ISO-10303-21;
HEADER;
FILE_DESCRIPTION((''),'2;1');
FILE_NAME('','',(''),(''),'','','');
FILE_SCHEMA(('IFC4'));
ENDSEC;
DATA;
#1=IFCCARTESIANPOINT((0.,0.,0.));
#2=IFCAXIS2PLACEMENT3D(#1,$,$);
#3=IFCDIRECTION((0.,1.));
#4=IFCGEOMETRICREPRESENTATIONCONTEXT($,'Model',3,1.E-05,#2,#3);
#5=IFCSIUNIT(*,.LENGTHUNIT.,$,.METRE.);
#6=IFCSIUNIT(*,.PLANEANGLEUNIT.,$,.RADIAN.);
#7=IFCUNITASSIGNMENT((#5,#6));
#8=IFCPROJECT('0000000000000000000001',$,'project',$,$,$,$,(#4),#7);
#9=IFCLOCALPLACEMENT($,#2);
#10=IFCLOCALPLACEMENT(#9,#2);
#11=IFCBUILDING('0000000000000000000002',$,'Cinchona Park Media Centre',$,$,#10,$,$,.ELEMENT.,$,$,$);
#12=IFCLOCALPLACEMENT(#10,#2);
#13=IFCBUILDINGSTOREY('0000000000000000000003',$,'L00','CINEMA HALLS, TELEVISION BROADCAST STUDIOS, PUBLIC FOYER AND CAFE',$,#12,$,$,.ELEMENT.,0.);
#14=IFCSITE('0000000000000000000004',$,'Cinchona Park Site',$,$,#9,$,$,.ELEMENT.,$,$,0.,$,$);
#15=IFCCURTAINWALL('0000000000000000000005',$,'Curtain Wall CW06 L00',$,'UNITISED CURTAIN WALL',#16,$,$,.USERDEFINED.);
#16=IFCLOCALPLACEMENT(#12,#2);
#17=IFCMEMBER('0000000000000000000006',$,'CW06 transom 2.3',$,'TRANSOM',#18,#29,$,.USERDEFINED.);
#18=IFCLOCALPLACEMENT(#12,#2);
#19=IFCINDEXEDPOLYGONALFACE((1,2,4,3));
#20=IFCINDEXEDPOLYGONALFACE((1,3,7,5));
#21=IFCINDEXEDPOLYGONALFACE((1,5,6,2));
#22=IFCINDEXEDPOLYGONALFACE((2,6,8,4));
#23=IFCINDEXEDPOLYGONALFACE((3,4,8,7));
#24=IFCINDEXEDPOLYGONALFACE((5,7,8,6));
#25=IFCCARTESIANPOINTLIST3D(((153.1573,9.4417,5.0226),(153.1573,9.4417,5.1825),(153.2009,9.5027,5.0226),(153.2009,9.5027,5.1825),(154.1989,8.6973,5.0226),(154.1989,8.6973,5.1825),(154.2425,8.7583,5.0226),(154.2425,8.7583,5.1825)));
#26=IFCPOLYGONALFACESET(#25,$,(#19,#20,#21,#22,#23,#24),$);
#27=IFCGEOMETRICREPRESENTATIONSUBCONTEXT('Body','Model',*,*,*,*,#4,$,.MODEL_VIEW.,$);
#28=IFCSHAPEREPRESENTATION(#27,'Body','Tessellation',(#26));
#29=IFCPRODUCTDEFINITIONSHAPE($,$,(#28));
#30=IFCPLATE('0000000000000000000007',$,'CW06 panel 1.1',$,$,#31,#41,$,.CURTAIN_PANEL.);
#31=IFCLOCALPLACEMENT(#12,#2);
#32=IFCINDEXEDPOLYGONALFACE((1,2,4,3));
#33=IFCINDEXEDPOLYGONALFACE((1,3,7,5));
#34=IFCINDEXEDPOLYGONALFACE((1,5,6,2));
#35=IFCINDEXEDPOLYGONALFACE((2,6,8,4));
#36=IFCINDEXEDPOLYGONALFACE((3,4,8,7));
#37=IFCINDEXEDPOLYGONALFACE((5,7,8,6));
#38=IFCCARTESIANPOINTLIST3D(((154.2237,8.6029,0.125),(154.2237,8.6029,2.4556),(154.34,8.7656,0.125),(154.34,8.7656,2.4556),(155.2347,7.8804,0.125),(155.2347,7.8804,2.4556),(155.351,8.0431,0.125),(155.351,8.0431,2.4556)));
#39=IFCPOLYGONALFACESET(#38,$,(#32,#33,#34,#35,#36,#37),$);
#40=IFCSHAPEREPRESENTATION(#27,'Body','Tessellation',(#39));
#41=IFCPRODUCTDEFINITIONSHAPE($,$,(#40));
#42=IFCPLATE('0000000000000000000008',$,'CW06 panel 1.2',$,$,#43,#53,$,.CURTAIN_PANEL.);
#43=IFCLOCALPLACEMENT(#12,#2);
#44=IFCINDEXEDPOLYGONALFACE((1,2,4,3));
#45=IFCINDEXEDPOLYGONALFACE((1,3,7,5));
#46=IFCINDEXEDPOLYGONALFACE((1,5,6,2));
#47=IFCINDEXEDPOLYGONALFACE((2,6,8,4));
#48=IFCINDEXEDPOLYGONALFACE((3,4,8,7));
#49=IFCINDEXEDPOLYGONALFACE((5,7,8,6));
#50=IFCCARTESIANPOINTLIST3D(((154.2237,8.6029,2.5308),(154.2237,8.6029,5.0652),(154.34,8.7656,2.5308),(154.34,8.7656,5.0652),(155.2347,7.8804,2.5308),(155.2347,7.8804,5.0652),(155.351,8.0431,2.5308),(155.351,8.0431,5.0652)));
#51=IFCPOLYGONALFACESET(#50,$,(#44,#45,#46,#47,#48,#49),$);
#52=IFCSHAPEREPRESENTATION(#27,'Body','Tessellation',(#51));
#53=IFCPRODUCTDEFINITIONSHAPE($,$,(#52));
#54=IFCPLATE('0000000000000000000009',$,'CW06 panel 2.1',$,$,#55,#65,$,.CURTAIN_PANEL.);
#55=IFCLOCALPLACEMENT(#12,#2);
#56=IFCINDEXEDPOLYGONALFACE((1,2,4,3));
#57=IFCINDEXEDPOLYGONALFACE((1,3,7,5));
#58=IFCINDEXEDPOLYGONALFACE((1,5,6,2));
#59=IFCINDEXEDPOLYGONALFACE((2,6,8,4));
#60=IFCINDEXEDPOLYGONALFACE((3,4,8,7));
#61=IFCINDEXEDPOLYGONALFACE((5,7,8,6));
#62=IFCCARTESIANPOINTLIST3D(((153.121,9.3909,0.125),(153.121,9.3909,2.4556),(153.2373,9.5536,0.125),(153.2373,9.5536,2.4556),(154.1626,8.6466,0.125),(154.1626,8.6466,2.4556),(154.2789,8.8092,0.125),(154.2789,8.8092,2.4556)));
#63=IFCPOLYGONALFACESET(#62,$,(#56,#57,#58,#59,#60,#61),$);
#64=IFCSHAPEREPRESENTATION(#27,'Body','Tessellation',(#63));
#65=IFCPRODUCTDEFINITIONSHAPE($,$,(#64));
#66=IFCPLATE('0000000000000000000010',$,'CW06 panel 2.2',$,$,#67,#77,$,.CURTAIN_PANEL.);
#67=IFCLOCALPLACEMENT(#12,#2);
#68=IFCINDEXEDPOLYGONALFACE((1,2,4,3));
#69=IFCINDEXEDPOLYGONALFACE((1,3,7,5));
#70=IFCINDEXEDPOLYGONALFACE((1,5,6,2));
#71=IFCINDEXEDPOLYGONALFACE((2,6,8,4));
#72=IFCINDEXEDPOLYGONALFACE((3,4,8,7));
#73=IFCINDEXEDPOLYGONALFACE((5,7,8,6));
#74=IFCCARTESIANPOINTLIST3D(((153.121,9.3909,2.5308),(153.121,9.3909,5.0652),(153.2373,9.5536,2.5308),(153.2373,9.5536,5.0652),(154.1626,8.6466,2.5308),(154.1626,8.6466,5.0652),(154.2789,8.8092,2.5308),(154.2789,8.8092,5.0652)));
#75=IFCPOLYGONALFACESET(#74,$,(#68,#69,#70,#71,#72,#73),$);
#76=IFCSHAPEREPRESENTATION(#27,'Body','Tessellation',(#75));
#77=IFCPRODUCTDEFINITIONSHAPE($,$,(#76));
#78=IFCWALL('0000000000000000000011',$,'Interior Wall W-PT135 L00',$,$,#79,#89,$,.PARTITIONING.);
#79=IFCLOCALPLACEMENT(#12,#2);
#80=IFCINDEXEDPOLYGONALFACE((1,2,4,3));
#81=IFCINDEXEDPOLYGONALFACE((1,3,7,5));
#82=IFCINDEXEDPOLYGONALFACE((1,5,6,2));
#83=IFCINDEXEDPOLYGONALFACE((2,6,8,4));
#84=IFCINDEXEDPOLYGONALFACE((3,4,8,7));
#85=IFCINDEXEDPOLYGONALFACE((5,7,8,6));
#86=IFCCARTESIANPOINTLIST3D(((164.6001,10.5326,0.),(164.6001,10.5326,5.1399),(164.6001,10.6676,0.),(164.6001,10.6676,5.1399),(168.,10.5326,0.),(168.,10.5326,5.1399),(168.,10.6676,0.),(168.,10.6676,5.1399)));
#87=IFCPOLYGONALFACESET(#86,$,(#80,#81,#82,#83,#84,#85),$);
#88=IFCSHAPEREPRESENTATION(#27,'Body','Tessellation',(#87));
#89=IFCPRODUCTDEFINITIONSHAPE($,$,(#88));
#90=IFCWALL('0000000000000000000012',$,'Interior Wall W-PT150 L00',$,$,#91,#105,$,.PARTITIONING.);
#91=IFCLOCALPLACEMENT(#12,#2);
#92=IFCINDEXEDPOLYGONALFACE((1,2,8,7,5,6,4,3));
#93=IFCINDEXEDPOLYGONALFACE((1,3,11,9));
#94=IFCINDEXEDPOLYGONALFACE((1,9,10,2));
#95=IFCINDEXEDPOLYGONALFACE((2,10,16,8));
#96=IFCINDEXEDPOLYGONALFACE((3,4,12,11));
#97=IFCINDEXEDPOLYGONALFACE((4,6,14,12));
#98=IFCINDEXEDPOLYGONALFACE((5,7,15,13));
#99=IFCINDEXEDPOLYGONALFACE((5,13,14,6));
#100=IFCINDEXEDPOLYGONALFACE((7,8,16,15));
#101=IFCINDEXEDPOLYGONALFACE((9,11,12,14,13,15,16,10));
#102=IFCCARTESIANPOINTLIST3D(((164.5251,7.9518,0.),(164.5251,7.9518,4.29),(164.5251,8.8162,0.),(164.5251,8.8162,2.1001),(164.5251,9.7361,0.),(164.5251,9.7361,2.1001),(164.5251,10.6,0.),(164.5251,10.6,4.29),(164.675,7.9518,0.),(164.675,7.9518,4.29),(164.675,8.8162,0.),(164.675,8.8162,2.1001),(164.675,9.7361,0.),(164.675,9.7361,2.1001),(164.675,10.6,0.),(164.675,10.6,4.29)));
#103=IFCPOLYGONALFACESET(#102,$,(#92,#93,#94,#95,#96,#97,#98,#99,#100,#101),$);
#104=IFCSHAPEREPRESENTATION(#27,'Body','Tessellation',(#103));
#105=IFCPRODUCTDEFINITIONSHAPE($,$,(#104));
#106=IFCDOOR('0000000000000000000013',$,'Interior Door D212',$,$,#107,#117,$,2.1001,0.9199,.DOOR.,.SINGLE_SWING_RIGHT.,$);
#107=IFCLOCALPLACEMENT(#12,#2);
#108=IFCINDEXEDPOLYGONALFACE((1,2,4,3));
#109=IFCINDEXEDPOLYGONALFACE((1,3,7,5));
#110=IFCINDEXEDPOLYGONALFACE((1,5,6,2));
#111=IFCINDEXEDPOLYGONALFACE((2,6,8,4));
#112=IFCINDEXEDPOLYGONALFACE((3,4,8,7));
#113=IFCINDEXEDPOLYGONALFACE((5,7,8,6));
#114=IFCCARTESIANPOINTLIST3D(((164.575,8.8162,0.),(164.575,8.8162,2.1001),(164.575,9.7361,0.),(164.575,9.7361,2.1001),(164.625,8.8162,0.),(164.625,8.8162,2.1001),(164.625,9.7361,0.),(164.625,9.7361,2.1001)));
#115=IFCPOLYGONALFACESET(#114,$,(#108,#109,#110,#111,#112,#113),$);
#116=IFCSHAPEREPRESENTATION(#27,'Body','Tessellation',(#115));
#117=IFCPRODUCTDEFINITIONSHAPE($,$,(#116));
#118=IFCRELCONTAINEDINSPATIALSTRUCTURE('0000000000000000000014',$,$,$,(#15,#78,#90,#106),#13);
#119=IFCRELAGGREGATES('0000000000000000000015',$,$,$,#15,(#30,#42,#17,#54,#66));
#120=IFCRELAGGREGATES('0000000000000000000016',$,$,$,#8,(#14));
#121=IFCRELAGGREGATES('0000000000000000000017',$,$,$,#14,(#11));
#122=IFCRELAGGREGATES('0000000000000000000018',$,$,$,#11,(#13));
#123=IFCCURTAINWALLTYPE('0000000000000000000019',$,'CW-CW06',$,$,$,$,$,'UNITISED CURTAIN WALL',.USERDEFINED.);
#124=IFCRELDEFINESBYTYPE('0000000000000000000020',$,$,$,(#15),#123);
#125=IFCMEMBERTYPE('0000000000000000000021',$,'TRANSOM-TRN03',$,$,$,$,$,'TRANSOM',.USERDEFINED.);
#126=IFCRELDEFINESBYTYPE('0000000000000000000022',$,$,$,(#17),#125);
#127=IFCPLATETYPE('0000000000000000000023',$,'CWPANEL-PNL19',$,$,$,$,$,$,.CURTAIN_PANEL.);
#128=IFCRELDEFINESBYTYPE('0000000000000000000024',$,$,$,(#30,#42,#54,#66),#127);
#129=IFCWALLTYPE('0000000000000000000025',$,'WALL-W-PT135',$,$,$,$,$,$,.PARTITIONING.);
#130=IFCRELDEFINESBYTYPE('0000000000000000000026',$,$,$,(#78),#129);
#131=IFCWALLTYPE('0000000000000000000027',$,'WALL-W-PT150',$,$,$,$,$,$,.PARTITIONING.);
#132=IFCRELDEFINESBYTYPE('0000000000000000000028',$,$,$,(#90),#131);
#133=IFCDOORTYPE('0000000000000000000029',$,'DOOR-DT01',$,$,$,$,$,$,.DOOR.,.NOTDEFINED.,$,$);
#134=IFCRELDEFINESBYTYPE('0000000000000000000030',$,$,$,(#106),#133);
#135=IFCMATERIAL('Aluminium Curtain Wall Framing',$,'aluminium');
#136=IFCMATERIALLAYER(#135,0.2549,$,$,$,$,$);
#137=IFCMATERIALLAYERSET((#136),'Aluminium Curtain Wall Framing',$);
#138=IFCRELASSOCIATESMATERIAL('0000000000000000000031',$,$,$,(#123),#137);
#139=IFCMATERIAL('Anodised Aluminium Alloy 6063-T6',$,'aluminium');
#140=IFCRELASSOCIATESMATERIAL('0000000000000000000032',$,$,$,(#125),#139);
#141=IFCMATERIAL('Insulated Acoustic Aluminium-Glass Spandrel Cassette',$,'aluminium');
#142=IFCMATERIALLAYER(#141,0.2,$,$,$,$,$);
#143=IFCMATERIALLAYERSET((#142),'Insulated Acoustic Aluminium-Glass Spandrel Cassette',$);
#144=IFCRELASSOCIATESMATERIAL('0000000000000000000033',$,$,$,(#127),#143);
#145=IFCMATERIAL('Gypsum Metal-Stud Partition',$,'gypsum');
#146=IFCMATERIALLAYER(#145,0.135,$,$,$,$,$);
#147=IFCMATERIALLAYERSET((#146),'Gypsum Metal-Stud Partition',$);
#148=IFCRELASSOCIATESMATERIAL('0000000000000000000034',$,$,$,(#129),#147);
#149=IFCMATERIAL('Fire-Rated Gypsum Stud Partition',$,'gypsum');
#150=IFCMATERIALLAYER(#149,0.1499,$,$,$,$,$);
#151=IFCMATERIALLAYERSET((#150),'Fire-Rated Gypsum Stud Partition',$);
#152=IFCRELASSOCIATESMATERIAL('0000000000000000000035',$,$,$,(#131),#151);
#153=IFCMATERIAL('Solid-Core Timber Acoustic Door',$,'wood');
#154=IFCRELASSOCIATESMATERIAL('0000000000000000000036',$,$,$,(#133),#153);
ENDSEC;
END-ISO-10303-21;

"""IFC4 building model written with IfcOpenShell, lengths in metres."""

from ifc_helpers import new_model, si_unit, direction, frame, frame_2d, origin, origin_2d, place, context, subcontext, project, spatial, rectangle, extrude, material, layer, layer_set, material_profile, profile_set, type_object, element, fill, aggregate, save


model = new_model("IFC4")

# Units and contexts
model_context = context("Model", 3, precision=1e-05, world=origin(), true_north=direction((0.0, 1.0)))
body_context = subcontext(model_context, "Body", "Model", "MODEL_VIEW")
ifc_project = project(units=[si_unit("LENGTHUNIT", "METRE"), si_unit("PLANEANGLEUNIT", "RADIAN")], contexts=[model_context])

# Site, building, storey
site_placement = place(None, origin())
site = spatial("IfcSite", under=ifc_project, at=site_placement, Name="Cinchona Park Site", CompositionType="ELEMENT", RefElevation=0.0)
building_placement = place(site_placement, origin())
building = spatial("IfcBuilding", under=site, at=building_placement, Name="Cinchona Park Media Centre", CompositionType="ELEMENT")
storey_placement = place(building_placement, origin())
storey = spatial("IfcBuildingStorey", under=building, at=storey_placement, Name="L00", Description="CINEMA HALLS, TELEVISION BROADCAST STUDIOS, PUBLIC FOYER AND CAFE", CompositionType="ELEMENT", Elevation=0.0)

# Curtain wall, member, plates
ifc_material_1 = material(Name="Aluminium Curtain Wall Framing", Category="aluminium")
ifc_layer_1 = layer(ifc_material_1, 0.2549)
ifc_layer_set_1 = layer_set([ifc_layer_1], Name="Aluminium Curtain Wall Framing")
curtain_wall_type = type_object("IfcCurtainWallType", Name="CW-CW06", ElementType="UNITISED CURTAIN WALL", PredefinedType="USERDEFINED", material=ifc_layer_set_1)
curtain_wall_placement = place(storey_placement, origin())
curtain_wall = element("IfcCurtainWall", 1, at=curtain_wall_placement, inside=storey, type_object=curtain_wall_type, Name="Curtain Wall CW06 L00", ObjectType="UNITISED CURTAIN WALL", PredefinedType="USERDEFINED")
ifc_material_2 = material(Name="Anodised Aluminium Alloy 6063-T6", Category="aluminium")
ifc_material_profile_1 = material_profile(ifc_material_2, rectangle(XDim=0.075, YDim=0.1599, at=origin_2d()), Name="TRN-75X160")
ifc_profile_set_1 = profile_set([ifc_material_profile_1], Name="Anodised Aluminium Alloy 6063-T6")
member_type_1 = type_object("IfcMemberType", Name="TRANSOM-TRN03", ElementType="TRANSOM", PredefinedType="USERDEFINED", material=ifc_profile_set_1)
member_1_placement = place(storey_placement, frame((154.2207, 8.7278, 5.1025), z_axis=(-0.813566, 0.581473, 0.0), x_axis=(-0.581473, -0.813566, 0.0)))
member_1 = element("IfcMember", 2, at=member_1_placement, type_object=member_type_1, Name="CW06 transom 2.3", ObjectType="TRANSOM", PredefinedType="USERDEFINED", context=body_context, shape_type="SweptSolid", body=[
    extrude(rectangle(XDim=0.075, YDim=0.1599, at=origin_2d()), origin(), (0.0, 0.0, 1.0), 1.2803),
])
ifc_material_3 = material(Name="Insulated Acoustic Aluminium-Glass Spandrel Cassette", Category="aluminium")
ifc_layer_2 = layer(ifc_material_3, 0.2)
ifc_layer_set_2 = layer_set([ifc_layer_2], Name="Insulated Acoustic Aluminium-Glass Spandrel Cassette")
plate_type = type_object("IfcPlateType", Name="CWPANEL-PNL19", PredefinedType="CURTAIN_PANEL", material=ifc_layer_set_2)
plate_1_placement = place(storey_placement, frame((154.7874, 8.323, 0.125), z_axis=(0.0, 0.0, 1.0), x_axis=(-0.813601, 0.581424, 0.0)))
plate_1 = element("IfcPlate", 3, at=plate_1_placement, type_object=plate_type, Name="CW06 panel 1.1", PredefinedType="CURTAIN_PANEL", context=body_context, shape_type="SweptSolid", body=[
    extrude(rectangle(XDim=1.2427, YDim=0.2, at=origin_2d()), origin(), (0.0, 0.0, 1.0), 2.3306),
])
plate_2_placement = place(storey_placement, frame((154.7874, 8.323, 2.5308), z_axis=(0.0, 0.0, 1.0), x_axis=(-0.813601, 0.581424, 0.0)))
plate_2 = element("IfcPlate", 4, at=plate_2_placement, type_object=plate_type, Name="CW06 panel 1.2", PredefinedType="CURTAIN_PANEL", context=body_context, shape_type="SweptSolid", body=[
    extrude(rectangle(XDim=1.2427, YDim=0.2, at=origin_2d()), origin(), (0.0, 0.0, 1.0), 2.5344),
])
plate_3_placement = place(storey_placement, frame((153.7, 9.1001, 0.125), z_axis=(0.0, 0.0, 1.0), x_axis=(-0.813601, 0.581424, 0.0)))
plate_3 = element("IfcPlate", 5, at=plate_3_placement, type_object=plate_type, Name="CW06 panel 2.1", PredefinedType="CURTAIN_PANEL", context=body_context, shape_type="SweptSolid", body=[
    extrude(rectangle(XDim=1.2803, YDim=0.2, at=origin_2d()), origin(), (0.0, 0.0, 1.0), 2.3306),
])
plate_4_placement = place(storey_placement, frame((153.7, 9.1001, 2.5308), z_axis=(0.0, 0.0, 1.0), x_axis=(-0.813601, 0.581424, 0.0)))
plate_4 = element("IfcPlate", 6, at=plate_4_placement, type_object=plate_type, Name="CW06 panel 2.2", PredefinedType="CURTAIN_PANEL", context=body_context, shape_type="SweptSolid", body=[
    extrude(rectangle(XDim=1.2803, YDim=0.2, at=origin_2d()), origin(), (0.0, 0.0, 1.0), 2.5344),
])
aggregate(curtain_wall, [plate_1, plate_2, member_1, plate_3, plate_4])

# Wall
ifc_material_4 = material(Name="Gypsum Metal-Stud Partition", Category="gypsum")
ifc_layer_3 = layer(ifc_material_4, 0.135)
ifc_layer_set_3 = layer_set([ifc_layer_3], Name="Gypsum Metal-Stud Partition")
wall_type_1 = type_object("IfcWallType", Name="WALL-W-PT135", PredefinedType="PARTITIONING", material=ifc_layer_set_3)
wall_1_placement = place(storey_placement, frame((164.6001, 10.6001, 0.0), z_axis=(0.0, 0.0, 1.0), x_axis=(1.0, 0.0, 0.0)))
element("IfcWall", 7, at=wall_1_placement, inside=storey, type_object=wall_type_1, Name="Interior Wall W-PT135 L00", PredefinedType="PARTITIONING", context=body_context, shape_type="SweptSolid", body=[
    extrude(rectangle(XDim=3.3999, YDim=0.135, at=frame_2d((1.7, 0.0))), origin(), (0.0, 0.0, 1.0), 5.1399),
])

# Wall, opening, door
ifc_material_5 = material(Name="Fire-Rated Gypsum Stud Partition", Category="gypsum")
ifc_layer_4 = layer(ifc_material_5, 0.1499)
ifc_layer_set_4 = layer_set([ifc_layer_4], Name="Fire-Rated Gypsum Stud Partition")
wall_type_2 = type_object("IfcWallType", Name="WALL-W-PT150", PredefinedType="PARTITIONING", material=ifc_layer_set_4)
wall_2_placement = place(storey_placement, frame((164.6001, 10.6001, 0.0), z_axis=(0.0, 0.0, 1.0), x_axis=(0.0, -1.0, 0.0)))
wall_2 = element("IfcWall", 8, at=wall_2_placement, inside=storey, type_object=wall_type_2, Name="Interior Wall W-PT150 L00", PredefinedType="PARTITIONING", context=body_context, shape_type="SweptSolid", body=[
    extrude(rectangle(XDim=2.6482, YDim=0.1499, at=frame_2d((1.3242, 0.0))), origin(), (0.0, 0.0, 1.0), 4.29),
])
opening_placement = place(wall_2_placement, frame((0.864, 0.0, 0.0)))
opening = element("IfcOpeningElement", 9, at=opening_placement, cuts=wall_2, PredefinedType="OPENING", context=body_context, shape_type="SweptSolid", body=[
    extrude(rectangle(XDim=0.9199, YDim=2.1001, at=frame_2d((0.46, 1.05))), frame((0.0, 0.085, 0.0), z_axis=(0.0, -1.0, 0.0), x_axis=(1.0, 0.0, 0.0)), (0.0, 0.0, 1.0), 0.1699),
])
ifc_material_6 = material(Name="Solid-Core Timber Acoustic Door", Category="wood")
door_type = type_object("IfcDoorType", Name="DOOR-DT01", OperationType="NOTDEFINED", PredefinedType="DOOR", material=ifc_material_6)
door_placement = place(opening_placement, origin())
door = element("IfcDoor", 10, at=door_placement, inside=storey, type_object=door_type, Name="Interior Door D212", OperationType="SINGLE_SWING_RIGHT", OverallHeight=2.1001, OverallWidth=0.9199, PredefinedType="DOOR", context=body_context, shape_type="SweptSolid", body=[
    extrude(rectangle(XDim=0.9199, YDim=2.1001, at=frame_2d((0.46, 1.05))), frame((0.0, 0.0249, 0.0), z_axis=(0.0, -1.0, 0.0), x_axis=(1.0, 0.0, 0.0)), (0.0, 0.0, 1.0), 0.05),
])
fill(opening, door)

save(model, "model.ifc")
